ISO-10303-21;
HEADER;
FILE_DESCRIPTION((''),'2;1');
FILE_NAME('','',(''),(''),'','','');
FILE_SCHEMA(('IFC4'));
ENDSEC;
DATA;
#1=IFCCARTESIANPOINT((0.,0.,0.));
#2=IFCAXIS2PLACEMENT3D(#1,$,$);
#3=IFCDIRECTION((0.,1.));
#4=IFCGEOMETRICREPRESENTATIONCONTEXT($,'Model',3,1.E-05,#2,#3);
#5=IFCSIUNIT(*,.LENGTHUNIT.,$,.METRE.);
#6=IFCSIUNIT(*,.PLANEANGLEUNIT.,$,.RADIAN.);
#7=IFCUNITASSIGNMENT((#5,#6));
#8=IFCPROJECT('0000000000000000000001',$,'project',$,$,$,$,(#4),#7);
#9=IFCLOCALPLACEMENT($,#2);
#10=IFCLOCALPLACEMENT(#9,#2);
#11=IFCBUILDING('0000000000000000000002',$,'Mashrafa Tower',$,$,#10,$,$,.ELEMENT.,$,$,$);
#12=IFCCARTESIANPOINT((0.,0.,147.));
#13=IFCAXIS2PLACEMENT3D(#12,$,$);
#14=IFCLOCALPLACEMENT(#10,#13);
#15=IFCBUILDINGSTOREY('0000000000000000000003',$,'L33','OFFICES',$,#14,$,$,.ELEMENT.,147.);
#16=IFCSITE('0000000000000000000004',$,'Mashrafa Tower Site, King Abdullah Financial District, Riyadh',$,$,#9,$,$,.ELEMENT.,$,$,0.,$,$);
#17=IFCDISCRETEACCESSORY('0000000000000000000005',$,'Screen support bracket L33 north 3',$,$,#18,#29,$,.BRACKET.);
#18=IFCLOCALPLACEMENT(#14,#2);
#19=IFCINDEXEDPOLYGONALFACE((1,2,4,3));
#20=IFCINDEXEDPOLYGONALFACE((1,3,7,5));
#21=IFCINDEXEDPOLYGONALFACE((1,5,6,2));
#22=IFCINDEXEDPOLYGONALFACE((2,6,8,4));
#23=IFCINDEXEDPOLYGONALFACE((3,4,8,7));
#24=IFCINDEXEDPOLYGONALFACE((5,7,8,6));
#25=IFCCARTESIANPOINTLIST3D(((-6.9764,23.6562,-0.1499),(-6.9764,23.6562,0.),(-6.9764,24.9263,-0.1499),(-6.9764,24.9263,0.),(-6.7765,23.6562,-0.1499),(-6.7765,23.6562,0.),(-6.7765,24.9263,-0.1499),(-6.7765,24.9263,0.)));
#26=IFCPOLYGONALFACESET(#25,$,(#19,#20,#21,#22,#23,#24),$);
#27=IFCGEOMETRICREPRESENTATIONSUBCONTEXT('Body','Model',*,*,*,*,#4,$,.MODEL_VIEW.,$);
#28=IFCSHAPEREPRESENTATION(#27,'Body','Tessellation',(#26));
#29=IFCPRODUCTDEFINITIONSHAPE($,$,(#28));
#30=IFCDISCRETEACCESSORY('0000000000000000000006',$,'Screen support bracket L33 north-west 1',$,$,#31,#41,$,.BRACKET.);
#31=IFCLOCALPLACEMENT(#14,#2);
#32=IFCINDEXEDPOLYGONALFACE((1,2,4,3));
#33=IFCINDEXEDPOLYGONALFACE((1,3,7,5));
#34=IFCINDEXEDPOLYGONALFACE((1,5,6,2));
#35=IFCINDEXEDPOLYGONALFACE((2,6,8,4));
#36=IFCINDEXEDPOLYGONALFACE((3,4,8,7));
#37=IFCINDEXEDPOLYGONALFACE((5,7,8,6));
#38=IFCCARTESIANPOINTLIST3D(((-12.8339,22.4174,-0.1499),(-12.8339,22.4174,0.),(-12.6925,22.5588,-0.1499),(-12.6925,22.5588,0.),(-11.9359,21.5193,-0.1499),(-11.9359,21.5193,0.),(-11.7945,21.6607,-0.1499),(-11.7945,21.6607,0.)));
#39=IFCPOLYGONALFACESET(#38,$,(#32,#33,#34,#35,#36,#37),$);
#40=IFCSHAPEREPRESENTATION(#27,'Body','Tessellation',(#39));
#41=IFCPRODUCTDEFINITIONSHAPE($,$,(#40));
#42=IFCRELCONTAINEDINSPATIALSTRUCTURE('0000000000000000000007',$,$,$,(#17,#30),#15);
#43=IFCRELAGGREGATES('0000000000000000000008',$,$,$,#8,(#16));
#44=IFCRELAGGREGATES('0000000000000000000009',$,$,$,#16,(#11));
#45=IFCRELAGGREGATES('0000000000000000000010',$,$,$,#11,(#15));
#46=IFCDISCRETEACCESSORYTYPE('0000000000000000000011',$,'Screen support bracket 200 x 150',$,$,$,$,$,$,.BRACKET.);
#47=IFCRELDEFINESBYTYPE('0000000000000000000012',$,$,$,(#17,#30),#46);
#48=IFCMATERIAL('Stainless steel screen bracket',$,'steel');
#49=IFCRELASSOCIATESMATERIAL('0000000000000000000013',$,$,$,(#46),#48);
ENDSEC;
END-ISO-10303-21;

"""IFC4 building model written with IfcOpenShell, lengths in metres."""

from ifc_helpers import new_model, si_unit, direction, frame, origin, origin_2d, place, context, subcontext, project, spatial, rectangle, extrude, source, transform, mapped, material, type_object, type_shapes, element, save


model = new_model("IFC4")

# Units and contexts
model_context = context("Model", 3, precision=1e-05, world=origin(), true_north=direction((0.0, 1.0)))
body_context = subcontext(model_context, "Body", "Model", "MODEL_VIEW")
ifc_project = project(units=[si_unit("LENGTHUNIT", "METRE"), si_unit("PLANEANGLEUNIT", "RADIAN")], contexts=[model_context])

# Site, building, storey
site_placement = place(None, origin())
site = spatial("IfcSite", under=ifc_project, at=site_placement, Name="Mashrafa Tower Site, King Abdullah Financial District, Riyadh", CompositionType="ELEMENT", RefElevation=0.0)
building_placement = place(site_placement, origin())
building = spatial("IfcBuilding", under=site, at=building_placement, Name="Mashrafa Tower", CompositionType="ELEMENT")
storey_placement = place(building_placement, frame((0.0, 0.0, 147.0)))
storey = spatial("IfcBuildingStorey", under=building, at=storey_placement, Name="L33", Description="OFFICES", CompositionType="ELEMENT", Elevation=147.0)

# Discrete accessories
ifc_material_1 = material(Name="Stainless steel screen bracket", Category="steel")
discrete_accessory_type = type_object("IfcDiscreteAccessoryType", Name="Screen support bracket 200 x 150", PredefinedType="BRACKET", material=ifc_material_1)
shared_shape_1 = source(origin(), body_context, "Body", "SweptSolid", [
    extrude(rectangle(XDim=0.2, YDim=1.27, at=origin_2d()), origin(), (0.0, 0.0, 1.0), 0.1499),
])
type_shapes(discrete_accessory_type, [shared_shape_1])
for number, where, z_axis, x_axis, name in (
    (1, (-6.8765, 24.2913, -0.1499), (0.0, 0.0, 1.0), (-1.0, 0.0, 0.0), "Screen support bracket L33 north 3"),
    (2, (-12.3142, 22.0391, -0.1499), (0.0, 0.0, 1.0), (-0.707107, -0.707107, 0.0), "Screen support bracket L33 north-west 1"),
):
    element("IfcDiscreteAccessory", number, at=place(storey_placement, frame(where, z_axis=z_axis, x_axis=x_axis)), inside=storey, type_object=discrete_accessory_type, Name=name, PredefinedType="BRACKET", context=body_context, shape_type="MappedRepresentation", body=[
        mapped(shared_shape_1, transform((0.0, 0.0, 0.0))),
    ])

save(model, "model.ifc")
